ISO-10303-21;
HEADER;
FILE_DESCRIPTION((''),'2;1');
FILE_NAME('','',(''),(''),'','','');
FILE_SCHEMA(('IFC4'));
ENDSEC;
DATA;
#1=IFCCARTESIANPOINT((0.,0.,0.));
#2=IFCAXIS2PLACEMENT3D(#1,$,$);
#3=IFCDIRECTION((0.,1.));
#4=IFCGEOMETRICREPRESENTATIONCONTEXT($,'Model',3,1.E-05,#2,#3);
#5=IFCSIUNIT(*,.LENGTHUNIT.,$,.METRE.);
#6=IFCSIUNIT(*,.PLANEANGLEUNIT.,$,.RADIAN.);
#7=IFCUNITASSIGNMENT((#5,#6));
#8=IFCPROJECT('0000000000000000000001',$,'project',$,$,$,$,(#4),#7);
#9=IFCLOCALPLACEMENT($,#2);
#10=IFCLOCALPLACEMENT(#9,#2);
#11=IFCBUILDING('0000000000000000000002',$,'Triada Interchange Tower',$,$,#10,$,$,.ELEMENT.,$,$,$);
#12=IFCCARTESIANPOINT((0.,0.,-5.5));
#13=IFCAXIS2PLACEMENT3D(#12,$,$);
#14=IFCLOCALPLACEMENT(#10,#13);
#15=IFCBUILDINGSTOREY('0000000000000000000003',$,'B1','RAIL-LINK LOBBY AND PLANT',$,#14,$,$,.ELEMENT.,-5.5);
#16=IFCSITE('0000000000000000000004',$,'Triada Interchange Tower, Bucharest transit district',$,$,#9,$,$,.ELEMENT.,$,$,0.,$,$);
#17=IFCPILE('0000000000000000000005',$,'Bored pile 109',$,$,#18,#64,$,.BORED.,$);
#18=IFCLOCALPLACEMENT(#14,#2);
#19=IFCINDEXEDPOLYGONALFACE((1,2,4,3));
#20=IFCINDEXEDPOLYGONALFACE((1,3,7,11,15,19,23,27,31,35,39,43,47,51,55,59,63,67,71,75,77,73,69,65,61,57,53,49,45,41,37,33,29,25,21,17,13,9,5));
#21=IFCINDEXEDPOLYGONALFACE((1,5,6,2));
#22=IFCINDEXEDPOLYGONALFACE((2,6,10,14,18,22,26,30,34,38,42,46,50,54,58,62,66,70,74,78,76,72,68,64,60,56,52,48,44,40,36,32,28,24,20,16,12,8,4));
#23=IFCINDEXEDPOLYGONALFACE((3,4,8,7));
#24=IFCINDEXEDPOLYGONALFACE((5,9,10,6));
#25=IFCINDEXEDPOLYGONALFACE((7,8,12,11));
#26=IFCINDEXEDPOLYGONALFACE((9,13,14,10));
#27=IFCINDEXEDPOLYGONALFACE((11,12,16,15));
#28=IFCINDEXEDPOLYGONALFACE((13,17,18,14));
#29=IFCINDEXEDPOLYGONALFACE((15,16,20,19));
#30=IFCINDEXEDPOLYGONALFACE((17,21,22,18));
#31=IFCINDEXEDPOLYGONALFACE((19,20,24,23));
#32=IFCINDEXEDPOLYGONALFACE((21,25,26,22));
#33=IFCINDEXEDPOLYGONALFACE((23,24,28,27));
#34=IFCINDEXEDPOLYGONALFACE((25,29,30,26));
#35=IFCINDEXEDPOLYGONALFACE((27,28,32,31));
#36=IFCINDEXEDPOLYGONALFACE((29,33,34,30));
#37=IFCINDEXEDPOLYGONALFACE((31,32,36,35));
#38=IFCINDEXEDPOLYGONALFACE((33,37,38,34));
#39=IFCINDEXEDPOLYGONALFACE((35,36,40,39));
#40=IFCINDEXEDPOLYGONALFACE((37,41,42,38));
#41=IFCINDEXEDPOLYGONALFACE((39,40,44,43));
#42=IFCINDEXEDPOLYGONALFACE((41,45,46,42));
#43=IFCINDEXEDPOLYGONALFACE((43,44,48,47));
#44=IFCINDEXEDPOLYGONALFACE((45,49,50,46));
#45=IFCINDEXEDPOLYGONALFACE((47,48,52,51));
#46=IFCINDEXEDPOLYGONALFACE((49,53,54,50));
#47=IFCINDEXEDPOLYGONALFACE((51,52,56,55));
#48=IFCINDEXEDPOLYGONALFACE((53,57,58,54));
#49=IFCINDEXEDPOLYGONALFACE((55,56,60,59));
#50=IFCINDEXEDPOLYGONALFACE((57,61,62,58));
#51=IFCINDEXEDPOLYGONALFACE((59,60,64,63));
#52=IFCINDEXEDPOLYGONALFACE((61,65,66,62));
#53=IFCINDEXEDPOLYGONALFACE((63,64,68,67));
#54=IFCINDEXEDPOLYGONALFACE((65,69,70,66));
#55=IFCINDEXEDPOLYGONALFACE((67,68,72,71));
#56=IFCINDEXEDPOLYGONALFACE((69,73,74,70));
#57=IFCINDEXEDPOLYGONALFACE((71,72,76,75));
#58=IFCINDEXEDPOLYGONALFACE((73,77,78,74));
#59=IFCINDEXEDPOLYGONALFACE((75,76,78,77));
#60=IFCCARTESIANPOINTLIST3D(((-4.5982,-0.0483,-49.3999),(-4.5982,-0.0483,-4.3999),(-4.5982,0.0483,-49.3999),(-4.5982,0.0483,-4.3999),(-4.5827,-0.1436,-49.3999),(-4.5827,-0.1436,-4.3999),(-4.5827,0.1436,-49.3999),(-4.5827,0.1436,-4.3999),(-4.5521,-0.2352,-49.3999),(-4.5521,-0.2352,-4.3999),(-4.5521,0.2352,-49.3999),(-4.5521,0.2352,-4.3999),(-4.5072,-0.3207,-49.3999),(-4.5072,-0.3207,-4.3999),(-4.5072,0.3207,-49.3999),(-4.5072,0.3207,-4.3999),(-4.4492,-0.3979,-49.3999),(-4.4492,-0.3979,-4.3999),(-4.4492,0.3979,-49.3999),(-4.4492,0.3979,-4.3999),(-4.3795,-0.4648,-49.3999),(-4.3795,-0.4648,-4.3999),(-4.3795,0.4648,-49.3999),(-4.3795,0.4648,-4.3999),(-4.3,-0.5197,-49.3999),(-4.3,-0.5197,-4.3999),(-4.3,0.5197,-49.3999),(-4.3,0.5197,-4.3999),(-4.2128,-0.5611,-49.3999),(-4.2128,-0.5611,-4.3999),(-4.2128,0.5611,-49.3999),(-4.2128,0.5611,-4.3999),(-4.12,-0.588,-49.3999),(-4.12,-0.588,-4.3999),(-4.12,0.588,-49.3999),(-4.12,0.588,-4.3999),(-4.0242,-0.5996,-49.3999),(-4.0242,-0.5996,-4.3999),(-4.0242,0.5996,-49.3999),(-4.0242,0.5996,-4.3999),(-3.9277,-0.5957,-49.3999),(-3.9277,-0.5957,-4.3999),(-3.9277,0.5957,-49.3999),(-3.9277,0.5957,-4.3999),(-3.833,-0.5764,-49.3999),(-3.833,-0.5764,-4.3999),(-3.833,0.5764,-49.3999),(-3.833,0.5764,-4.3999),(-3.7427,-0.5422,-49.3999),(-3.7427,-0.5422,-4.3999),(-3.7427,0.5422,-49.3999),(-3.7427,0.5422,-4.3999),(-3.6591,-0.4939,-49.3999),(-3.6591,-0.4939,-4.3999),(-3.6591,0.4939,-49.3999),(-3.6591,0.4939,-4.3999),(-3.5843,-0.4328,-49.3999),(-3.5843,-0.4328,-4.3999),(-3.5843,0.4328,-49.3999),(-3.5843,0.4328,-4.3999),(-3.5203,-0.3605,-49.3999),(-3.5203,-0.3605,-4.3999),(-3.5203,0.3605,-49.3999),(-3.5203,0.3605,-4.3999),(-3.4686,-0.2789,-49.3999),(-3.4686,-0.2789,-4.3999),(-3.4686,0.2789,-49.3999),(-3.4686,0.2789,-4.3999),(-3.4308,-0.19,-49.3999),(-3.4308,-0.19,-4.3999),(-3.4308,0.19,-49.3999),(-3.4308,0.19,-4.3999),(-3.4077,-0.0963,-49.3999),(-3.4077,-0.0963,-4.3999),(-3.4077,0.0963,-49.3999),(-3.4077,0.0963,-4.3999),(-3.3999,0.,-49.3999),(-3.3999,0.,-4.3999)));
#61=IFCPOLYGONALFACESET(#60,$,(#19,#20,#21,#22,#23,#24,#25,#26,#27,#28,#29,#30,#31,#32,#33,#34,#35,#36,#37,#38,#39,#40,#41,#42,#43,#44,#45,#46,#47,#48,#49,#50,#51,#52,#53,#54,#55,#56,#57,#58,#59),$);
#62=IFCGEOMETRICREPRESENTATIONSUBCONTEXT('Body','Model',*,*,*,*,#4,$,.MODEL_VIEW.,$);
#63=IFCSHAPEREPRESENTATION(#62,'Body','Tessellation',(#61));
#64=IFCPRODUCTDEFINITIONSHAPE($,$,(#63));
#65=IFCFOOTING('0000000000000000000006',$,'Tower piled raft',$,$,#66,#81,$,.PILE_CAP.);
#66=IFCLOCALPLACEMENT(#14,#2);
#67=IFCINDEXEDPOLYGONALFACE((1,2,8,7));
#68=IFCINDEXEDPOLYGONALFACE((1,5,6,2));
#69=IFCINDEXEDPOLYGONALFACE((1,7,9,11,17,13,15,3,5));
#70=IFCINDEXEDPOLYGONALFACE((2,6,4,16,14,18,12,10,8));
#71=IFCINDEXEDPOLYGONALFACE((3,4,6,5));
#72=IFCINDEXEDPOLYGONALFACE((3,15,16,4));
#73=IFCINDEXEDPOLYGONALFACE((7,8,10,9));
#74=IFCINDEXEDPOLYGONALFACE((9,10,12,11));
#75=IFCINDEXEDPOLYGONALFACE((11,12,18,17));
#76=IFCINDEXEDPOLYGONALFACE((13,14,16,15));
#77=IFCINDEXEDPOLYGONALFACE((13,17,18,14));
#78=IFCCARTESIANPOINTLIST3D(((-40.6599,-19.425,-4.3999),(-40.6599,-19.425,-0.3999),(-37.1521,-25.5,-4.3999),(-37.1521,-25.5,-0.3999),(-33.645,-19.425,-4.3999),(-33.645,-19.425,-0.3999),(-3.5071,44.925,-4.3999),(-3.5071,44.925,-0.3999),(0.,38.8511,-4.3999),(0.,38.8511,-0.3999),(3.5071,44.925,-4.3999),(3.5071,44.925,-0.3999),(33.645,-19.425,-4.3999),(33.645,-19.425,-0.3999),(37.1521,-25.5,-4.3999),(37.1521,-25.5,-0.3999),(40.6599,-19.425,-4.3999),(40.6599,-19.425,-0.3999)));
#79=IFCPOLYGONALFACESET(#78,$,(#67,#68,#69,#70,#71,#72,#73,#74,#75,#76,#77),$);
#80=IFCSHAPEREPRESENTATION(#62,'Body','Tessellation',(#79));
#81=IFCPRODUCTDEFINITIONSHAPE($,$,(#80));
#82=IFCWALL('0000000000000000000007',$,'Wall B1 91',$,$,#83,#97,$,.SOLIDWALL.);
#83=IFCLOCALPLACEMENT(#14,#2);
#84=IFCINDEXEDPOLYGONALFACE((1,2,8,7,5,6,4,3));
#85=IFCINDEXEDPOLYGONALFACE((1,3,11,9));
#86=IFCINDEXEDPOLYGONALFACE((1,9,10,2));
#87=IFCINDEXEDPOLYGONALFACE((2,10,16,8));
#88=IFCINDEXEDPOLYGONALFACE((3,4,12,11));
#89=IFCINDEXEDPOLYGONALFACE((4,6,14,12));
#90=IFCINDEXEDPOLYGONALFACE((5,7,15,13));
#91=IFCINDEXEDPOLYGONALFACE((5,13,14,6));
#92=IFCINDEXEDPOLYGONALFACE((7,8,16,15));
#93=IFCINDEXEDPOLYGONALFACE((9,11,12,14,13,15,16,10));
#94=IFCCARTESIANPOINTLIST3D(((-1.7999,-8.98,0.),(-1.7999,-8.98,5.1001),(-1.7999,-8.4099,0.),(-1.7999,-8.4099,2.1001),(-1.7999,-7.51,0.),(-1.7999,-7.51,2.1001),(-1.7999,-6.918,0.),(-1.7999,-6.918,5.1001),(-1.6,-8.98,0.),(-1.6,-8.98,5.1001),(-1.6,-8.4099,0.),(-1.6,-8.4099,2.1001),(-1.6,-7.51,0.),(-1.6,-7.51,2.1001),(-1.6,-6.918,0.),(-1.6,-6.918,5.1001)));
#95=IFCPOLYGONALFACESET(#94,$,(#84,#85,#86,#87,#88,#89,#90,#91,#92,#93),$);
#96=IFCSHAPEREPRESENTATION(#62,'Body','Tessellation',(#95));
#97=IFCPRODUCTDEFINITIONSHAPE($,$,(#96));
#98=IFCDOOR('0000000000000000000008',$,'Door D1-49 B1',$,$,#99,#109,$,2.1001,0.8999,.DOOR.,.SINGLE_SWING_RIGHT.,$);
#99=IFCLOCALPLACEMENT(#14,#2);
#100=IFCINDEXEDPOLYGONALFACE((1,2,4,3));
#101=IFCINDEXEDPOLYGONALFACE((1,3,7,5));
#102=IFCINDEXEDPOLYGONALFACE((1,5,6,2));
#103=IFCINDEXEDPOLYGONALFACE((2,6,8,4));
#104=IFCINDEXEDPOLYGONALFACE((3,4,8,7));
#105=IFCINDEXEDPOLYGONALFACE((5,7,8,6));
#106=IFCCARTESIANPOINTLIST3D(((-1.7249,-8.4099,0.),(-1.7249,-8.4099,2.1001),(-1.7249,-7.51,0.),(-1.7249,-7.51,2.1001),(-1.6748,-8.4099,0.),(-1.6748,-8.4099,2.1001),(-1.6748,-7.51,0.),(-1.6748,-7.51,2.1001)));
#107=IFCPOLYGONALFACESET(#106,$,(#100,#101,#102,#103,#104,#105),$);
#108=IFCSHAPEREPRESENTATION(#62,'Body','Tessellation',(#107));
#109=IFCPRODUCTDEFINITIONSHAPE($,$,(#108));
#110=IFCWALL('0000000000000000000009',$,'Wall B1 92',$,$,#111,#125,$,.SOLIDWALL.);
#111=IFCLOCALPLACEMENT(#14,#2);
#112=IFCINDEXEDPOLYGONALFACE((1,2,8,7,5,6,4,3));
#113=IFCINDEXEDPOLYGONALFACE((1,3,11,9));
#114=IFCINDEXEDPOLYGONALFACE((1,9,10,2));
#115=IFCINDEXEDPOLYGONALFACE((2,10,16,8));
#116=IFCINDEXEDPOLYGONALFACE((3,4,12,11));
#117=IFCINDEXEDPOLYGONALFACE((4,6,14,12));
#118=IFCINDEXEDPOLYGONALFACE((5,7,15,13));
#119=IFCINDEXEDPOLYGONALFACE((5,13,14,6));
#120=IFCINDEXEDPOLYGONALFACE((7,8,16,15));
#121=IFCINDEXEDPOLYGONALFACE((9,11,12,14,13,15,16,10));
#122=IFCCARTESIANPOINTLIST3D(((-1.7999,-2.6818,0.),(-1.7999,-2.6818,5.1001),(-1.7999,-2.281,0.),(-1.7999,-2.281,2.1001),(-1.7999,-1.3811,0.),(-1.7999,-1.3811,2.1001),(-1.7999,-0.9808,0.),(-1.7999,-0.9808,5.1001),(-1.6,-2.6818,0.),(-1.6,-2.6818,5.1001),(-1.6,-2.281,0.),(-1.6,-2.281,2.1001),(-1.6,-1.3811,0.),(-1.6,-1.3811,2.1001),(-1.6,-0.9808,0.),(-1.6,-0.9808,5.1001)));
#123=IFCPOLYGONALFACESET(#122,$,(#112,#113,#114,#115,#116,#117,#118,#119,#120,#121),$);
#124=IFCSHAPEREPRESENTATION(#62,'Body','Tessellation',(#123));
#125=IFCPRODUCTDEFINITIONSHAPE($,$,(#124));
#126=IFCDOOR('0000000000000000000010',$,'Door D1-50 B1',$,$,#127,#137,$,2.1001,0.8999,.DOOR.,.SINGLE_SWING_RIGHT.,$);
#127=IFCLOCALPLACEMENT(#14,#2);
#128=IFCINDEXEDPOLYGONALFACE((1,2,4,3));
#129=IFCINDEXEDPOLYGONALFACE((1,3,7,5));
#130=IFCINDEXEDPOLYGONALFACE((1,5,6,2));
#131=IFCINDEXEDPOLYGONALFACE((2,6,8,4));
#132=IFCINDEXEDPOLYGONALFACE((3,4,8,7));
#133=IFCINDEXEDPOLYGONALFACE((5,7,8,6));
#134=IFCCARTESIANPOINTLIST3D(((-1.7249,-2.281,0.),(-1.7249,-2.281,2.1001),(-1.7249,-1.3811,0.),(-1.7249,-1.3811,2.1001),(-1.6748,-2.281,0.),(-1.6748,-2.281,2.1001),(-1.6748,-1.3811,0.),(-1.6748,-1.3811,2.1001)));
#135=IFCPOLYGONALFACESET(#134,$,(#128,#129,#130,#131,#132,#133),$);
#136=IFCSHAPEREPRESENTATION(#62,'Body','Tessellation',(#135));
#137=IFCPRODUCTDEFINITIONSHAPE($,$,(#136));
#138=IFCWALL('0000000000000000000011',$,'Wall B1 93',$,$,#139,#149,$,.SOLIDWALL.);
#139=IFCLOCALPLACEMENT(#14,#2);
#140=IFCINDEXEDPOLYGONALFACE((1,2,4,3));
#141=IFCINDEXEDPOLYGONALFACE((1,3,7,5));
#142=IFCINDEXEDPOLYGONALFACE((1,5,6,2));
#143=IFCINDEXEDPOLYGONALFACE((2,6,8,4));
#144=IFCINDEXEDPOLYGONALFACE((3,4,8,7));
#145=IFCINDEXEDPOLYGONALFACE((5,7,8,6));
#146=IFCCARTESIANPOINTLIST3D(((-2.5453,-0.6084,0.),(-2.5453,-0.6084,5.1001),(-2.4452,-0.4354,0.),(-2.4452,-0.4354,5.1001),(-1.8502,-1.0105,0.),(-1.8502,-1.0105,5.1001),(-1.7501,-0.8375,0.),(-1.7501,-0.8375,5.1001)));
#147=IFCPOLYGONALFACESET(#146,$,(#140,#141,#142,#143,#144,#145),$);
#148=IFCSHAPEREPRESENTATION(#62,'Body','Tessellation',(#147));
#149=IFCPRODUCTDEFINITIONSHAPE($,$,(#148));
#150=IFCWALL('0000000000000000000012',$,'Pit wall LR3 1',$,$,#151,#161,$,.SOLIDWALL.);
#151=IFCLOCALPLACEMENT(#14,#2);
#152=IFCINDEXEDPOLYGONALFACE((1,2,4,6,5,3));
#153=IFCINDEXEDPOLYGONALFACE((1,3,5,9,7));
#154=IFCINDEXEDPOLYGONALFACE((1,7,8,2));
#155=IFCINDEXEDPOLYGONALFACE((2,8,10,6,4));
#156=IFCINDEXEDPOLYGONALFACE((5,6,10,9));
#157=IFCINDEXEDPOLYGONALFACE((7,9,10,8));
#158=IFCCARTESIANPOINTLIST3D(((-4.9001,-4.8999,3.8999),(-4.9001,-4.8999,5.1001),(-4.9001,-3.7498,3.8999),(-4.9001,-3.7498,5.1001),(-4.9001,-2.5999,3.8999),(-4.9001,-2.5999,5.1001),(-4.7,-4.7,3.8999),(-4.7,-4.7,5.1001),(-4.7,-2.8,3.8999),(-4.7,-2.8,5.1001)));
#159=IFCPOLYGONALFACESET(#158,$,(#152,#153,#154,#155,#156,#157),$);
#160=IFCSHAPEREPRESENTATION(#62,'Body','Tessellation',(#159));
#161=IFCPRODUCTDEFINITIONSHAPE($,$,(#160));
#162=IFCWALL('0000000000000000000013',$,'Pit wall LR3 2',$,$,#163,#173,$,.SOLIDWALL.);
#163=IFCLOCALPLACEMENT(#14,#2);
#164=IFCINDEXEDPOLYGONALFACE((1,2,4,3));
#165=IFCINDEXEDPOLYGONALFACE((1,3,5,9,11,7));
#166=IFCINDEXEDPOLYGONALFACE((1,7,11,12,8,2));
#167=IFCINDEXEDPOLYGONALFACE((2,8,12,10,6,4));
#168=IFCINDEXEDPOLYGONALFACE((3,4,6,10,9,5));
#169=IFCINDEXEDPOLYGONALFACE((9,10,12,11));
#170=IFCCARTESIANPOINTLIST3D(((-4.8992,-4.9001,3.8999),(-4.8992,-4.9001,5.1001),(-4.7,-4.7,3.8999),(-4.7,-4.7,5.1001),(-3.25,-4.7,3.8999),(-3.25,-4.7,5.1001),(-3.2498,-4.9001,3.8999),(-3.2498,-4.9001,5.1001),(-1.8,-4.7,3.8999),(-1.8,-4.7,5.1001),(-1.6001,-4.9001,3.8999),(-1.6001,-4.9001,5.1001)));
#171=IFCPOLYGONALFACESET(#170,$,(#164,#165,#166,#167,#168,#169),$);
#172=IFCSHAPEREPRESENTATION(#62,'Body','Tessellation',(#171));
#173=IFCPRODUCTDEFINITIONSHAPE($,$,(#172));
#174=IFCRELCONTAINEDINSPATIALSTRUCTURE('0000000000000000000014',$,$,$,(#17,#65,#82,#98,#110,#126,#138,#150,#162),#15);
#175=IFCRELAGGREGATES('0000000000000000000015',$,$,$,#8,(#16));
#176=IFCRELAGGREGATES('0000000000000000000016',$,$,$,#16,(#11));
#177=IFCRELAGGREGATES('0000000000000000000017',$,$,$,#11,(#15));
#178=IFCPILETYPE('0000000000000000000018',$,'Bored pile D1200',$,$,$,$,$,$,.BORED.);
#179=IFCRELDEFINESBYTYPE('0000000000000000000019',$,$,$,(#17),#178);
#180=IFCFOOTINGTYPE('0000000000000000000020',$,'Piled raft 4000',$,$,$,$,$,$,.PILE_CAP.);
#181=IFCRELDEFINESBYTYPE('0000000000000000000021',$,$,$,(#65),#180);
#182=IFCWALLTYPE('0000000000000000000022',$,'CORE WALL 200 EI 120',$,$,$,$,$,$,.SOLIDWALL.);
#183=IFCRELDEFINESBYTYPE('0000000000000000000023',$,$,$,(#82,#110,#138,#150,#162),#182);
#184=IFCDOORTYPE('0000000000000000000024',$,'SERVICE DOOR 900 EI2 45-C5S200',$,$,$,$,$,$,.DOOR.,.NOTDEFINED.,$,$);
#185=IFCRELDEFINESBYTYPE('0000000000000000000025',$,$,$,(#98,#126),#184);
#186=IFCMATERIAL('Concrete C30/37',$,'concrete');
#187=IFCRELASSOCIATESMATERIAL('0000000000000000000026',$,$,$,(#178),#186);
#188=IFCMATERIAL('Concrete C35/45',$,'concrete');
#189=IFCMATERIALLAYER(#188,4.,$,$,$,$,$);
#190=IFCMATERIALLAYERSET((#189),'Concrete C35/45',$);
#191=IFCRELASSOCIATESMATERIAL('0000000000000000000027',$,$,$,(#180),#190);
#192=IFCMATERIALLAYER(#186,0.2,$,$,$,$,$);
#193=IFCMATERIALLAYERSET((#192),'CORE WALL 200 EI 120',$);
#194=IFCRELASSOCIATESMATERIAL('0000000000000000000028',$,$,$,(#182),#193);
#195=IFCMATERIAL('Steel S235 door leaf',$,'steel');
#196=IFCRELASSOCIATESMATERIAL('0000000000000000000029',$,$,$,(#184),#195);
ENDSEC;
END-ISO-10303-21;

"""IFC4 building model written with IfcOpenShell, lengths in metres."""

from ifc_helpers import new_model, si_unit, direction, frame, frame_2d, origin, origin_2d, place, context, subcontext, project, spatial, polyline, rectangle, circle, outline, extrude, material, layer, layer_set, material_profile, profile_set, type_object, element, fill, save


model = new_model("IFC4")

# Units and contexts
model_context = context("Model", 3, precision=1e-05, world=origin(), true_north=direction((0.0, 1.0)))
body_context = subcontext(model_context, "Body", "Model", "MODEL_VIEW")
ifc_project = project(units=[si_unit("LENGTHUNIT", "METRE"), si_unit("PLANEANGLEUNIT", "RADIAN")], contexts=[model_context])

# Site, building, storey
site_placement = place(None, origin())
site = spatial("IfcSite", under=ifc_project, at=site_placement, Name="Triada Interchange Tower, Bucharest transit district", CompositionType="ELEMENT", RefElevation=0.0)
building_placement = place(site_placement, origin())
building = spatial("IfcBuilding", under=site, at=building_placement, Name="Triada Interchange Tower", CompositionType="ELEMENT")
storey_placement = place(building_placement, frame((0.0, 0.0, -5.5)))
storey = spatial("IfcBuildingStorey", under=building, at=storey_placement, Name="B1", Description="RAIL-LINK LOBBY AND PLANT", CompositionType="ELEMENT", Elevation=-5.5)

# Pile
ifc_material_1 = material(Name="Concrete C30/37", Category="concrete")
ifc_material_profile = material_profile(ifc_material_1, circle(Radius=0.6001, at=origin_2d()), Name="RC D1200")
ifc_profile_set = profile_set([ifc_material_profile], Name="Concrete C30/37")
pile_type = type_object("IfcPileType", Name="Bored pile D1200", PredefinedType="BORED", material=ifc_profile_set)
for number, where, z_axis, x_axis, name in (
    (1, (-4.0, 0.0, -4.3999), (0.0, 0.0, -1.0), (1.0, 0.0, 0.0), "Bored pile 109"),
):
    element("IfcPile", number, at=place(storey_placement, frame(where, z_axis=z_axis, x_axis=x_axis)), inside=storey, type_object=pile_type, Name=name, PredefinedType="BORED", context=body_context, shape_type="SweptSolid", body=[
        extrude(circle(Radius=0.6001, at=origin_2d()), origin(), (0.0, 0.0, 1.0), 45.0),
    ])

# Footing
ifc_material_2 = material(Name="Concrete C35/45", Category="concrete")
ifc_layer_1 = layer(ifc_material_2, 4.0)
ifc_layer_set_1 = layer_set([ifc_layer_1], Name="Concrete C35/45")
footing_type = type_object("IfcFootingType", Name="Piled raft 4000", PredefinedType="PILE_CAP", material=ifc_layer_set_1)
footing_placement = place(storey_placement, frame((0.0, 0.0, -4.3999)))
element("IfcFooting", 2, at=footing_placement, inside=storey, type_object=footing_type, Name="Tower piled raft", PredefinedType="PILE_CAP", context=body_context, shape_type="SweptSolid", body=[
    extrude(outline(polyline([(-3.5071, 44.925), (-40.6599, -19.425), (-33.645, -19.425), (-37.1521, -25.5), (37.1521, -25.5), (33.645, -19.425), (40.6599, -19.425), (3.5071, 44.925), (0.0, 38.8511), (-3.5071, 44.925)])), origin(), (0.0, 0.0, 1.0), 4.0),
])

# Walls, openings, doors
ifc_layer_2 = layer(ifc_material_1, 0.2)
ifc_layer_set_2 = layer_set([ifc_layer_2], Name="CORE WALL 200 EI 120")
wall_type_1 = type_object("IfcWallType", Name="CORE WALL 200 EI 120", PredefinedType="SOLIDWALL", material=ifc_layer_set_2)
wall_1_placement = place(storey_placement, frame((-1.7, -8.98, 0.0), z_axis=(0.0, 0.0, 1.0), x_axis=(0.0, 1.0, 0.0)))
wall_1 = element("IfcWall", 3, at=wall_1_placement, inside=storey, type_object=wall_type_1, Name="Wall B1 91", PredefinedType="SOLIDWALL", context=body_context, shape_type="SweptSolid", body=[
    extrude(rectangle(XDim=2.062, YDim=0.2, at=frame_2d((1.031, 0.0))), origin(), (0.0, 0.0, 1.0), 5.1001),
])
opening_1_placement = place(wall_1_placement, frame((0.5701, 0.0, 0.0)))
opening_1 = element("IfcOpeningElement", 4, at=opening_1_placement, cuts=wall_1, PredefinedType="OPENING", context=body_context, shape_type="SweptSolid", body=[
    extrude(rectangle(XDim=0.8999, YDim=2.1001, at=frame_2d((0.45, 1.05))), frame((0.0, 0.1099, 0.0), z_axis=(0.0, -1.0, 0.0), x_axis=(1.0, 0.0, 0.0)), (0.0, 0.0, 1.0), 0.22),
])
ifc_material_3 = material(Name="Steel S235 door leaf", Category="steel")
door_type = type_object("IfcDoorType", Name="SERVICE DOOR 900 EI2 45-C5S200", OperationType="NOTDEFINED", PredefinedType="DOOR", material=ifc_material_3)
door_1_placement = place(opening_1_placement, origin())
door_1 = element("IfcDoor", 5, at=door_1_placement, inside=storey, type_object=door_type, Name="Door D1-49 B1", OperationType="SINGLE_SWING_RIGHT", OverallHeight=2.1001, OverallWidth=0.8999, PredefinedType="DOOR", context=body_context, shape_type="SweptSolid", body=[
    extrude(rectangle(XDim=0.8999, YDim=2.1001, at=frame_2d((0.45, 1.05))), frame((0.0, 0.0249, 0.0), z_axis=(0.0, -1.0, 0.0), x_axis=(1.0, 0.0, 0.0)), (0.0, 0.0, 1.0), 0.05),
])
fill(opening_1, door_1)
wall_2_placement = place(storey_placement, frame((-1.7, -2.6819, 0.0), z_axis=(0.0, 0.0, 1.0), x_axis=(0.0, 1.0, 0.0)))
wall_2 = element("IfcWall", 6, at=wall_2_placement, inside=storey, type_object=wall_type_1, Name="Wall B1 92", PredefinedType="SOLIDWALL", context=body_context, shape_type="SweptSolid", body=[
    extrude(rectangle(XDim=1.7009, YDim=0.2, at=frame_2d((0.8506, 0.0))), origin(), (0.0, 0.0, 1.0), 5.1001),
])
opening_2_placement = place(wall_2_placement, frame((0.4009, 0.0, 0.0)))
opening_2 = element("IfcOpeningElement", 7, at=opening_2_placement, cuts=wall_2, PredefinedType="OPENING", context=body_context, shape_type="SweptSolid", body=[
    extrude(rectangle(XDim=0.8999, YDim=2.1001, at=frame_2d((0.45, 1.05))), frame((0.0, 0.1099, 0.0), z_axis=(0.0, -1.0, 0.0), x_axis=(1.0, 0.0, 0.0)), (0.0, 0.0, 1.0), 0.22),
])
door_2_placement = place(opening_2_placement, origin())
door_2 = element("IfcDoor", 8, at=door_2_placement, inside=storey, type_object=door_type, Name="Door D1-50 B1", OperationType="SINGLE_SWING_RIGHT", OverallHeight=2.1001, OverallWidth=0.8999, PredefinedType="DOOR", context=body_context, shape_type="SweptSolid", body=[
    extrude(rectangle(XDim=0.8999, YDim=2.1001, at=frame_2d((0.45, 1.05))), frame((0.0, 0.0249, 0.0), z_axis=(0.0, -1.0, 0.0), x_axis=(1.0, 0.0, 0.0)), (0.0, 0.0, 1.0), 0.05),
])
fill(opening_2, door_2)

# Walls
wall_3_placement = place(storey_placement, frame((-2.4951, -0.522, 0.0), z_axis=(0.0, 0.0, 1.0), x_axis=(0.865593, -0.500749, 0.0)))
element("IfcWall", 9, at=wall_3_placement, inside=storey, type_object=wall_type_1, Name="Wall B1 93", PredefinedType="SOLIDWALL", context=body_context, shape_type="SweptSolid", body=[
    extrude(rectangle(XDim=0.803, YDim=0.2, at=frame_2d((0.4014, 0.0))), origin(), (0.0, 0.0, 1.0), 5.1001),
])
wall_4_placement = place(storey_placement, frame((-4.8, -2.7, 3.8999), z_axis=(0.0, 0.0, 1.0), x_axis=(0.0, -1.0, 0.0)))
element("IfcWall", 10, at=wall_4_placement, inside=storey, type_object=wall_type_1, Name="Pit wall LR3 1", PredefinedType="SOLIDWALL", context=body_context, shape_type="SweptSolid", body=[
    extrude(outline(polyline([(0.1001, 0.1001), (2.0, 0.1001), (2.2, -0.1001), (1.0498, -0.1001), (-0.1001, -0.1001), (0.1001, 0.1001)])), origin(), (0.0, 0.0, 1.0), 1.2002),
])
wall_5_placement = place(storey_placement, frame((-4.8, -4.8, 3.8999), z_axis=(0.0, 0.0, 1.0), x_axis=(1.0, 0.0, 0.0)))
element("IfcWall", 11, at=wall_5_placement, inside=storey, type_object=wall_type_1, Name="Pit wall LR3 2", PredefinedType="SOLIDWALL", context=body_context, shape_type="SweptSolid", body=[
    extrude(outline(polyline([(3.0, 0.1001), (3.2, -0.1001), (1.5503, -0.1001), (-0.0991, -0.1001), (0.1001, 0.1001), (0.1001, 0.1001), (0.1001, 0.1001), (0.1001, 0.1001), (0.1001, 0.1001), (0.1001, 0.1001), (0.1001, 0.1001), (0.1001, 0.1001), (0.1001, 0.1001), (1.55, 0.1001), (3.0, 0.1001)])), origin(), (0.0, 0.0, 1.0), 1.2002),
])

save(model, "model.ifc")
